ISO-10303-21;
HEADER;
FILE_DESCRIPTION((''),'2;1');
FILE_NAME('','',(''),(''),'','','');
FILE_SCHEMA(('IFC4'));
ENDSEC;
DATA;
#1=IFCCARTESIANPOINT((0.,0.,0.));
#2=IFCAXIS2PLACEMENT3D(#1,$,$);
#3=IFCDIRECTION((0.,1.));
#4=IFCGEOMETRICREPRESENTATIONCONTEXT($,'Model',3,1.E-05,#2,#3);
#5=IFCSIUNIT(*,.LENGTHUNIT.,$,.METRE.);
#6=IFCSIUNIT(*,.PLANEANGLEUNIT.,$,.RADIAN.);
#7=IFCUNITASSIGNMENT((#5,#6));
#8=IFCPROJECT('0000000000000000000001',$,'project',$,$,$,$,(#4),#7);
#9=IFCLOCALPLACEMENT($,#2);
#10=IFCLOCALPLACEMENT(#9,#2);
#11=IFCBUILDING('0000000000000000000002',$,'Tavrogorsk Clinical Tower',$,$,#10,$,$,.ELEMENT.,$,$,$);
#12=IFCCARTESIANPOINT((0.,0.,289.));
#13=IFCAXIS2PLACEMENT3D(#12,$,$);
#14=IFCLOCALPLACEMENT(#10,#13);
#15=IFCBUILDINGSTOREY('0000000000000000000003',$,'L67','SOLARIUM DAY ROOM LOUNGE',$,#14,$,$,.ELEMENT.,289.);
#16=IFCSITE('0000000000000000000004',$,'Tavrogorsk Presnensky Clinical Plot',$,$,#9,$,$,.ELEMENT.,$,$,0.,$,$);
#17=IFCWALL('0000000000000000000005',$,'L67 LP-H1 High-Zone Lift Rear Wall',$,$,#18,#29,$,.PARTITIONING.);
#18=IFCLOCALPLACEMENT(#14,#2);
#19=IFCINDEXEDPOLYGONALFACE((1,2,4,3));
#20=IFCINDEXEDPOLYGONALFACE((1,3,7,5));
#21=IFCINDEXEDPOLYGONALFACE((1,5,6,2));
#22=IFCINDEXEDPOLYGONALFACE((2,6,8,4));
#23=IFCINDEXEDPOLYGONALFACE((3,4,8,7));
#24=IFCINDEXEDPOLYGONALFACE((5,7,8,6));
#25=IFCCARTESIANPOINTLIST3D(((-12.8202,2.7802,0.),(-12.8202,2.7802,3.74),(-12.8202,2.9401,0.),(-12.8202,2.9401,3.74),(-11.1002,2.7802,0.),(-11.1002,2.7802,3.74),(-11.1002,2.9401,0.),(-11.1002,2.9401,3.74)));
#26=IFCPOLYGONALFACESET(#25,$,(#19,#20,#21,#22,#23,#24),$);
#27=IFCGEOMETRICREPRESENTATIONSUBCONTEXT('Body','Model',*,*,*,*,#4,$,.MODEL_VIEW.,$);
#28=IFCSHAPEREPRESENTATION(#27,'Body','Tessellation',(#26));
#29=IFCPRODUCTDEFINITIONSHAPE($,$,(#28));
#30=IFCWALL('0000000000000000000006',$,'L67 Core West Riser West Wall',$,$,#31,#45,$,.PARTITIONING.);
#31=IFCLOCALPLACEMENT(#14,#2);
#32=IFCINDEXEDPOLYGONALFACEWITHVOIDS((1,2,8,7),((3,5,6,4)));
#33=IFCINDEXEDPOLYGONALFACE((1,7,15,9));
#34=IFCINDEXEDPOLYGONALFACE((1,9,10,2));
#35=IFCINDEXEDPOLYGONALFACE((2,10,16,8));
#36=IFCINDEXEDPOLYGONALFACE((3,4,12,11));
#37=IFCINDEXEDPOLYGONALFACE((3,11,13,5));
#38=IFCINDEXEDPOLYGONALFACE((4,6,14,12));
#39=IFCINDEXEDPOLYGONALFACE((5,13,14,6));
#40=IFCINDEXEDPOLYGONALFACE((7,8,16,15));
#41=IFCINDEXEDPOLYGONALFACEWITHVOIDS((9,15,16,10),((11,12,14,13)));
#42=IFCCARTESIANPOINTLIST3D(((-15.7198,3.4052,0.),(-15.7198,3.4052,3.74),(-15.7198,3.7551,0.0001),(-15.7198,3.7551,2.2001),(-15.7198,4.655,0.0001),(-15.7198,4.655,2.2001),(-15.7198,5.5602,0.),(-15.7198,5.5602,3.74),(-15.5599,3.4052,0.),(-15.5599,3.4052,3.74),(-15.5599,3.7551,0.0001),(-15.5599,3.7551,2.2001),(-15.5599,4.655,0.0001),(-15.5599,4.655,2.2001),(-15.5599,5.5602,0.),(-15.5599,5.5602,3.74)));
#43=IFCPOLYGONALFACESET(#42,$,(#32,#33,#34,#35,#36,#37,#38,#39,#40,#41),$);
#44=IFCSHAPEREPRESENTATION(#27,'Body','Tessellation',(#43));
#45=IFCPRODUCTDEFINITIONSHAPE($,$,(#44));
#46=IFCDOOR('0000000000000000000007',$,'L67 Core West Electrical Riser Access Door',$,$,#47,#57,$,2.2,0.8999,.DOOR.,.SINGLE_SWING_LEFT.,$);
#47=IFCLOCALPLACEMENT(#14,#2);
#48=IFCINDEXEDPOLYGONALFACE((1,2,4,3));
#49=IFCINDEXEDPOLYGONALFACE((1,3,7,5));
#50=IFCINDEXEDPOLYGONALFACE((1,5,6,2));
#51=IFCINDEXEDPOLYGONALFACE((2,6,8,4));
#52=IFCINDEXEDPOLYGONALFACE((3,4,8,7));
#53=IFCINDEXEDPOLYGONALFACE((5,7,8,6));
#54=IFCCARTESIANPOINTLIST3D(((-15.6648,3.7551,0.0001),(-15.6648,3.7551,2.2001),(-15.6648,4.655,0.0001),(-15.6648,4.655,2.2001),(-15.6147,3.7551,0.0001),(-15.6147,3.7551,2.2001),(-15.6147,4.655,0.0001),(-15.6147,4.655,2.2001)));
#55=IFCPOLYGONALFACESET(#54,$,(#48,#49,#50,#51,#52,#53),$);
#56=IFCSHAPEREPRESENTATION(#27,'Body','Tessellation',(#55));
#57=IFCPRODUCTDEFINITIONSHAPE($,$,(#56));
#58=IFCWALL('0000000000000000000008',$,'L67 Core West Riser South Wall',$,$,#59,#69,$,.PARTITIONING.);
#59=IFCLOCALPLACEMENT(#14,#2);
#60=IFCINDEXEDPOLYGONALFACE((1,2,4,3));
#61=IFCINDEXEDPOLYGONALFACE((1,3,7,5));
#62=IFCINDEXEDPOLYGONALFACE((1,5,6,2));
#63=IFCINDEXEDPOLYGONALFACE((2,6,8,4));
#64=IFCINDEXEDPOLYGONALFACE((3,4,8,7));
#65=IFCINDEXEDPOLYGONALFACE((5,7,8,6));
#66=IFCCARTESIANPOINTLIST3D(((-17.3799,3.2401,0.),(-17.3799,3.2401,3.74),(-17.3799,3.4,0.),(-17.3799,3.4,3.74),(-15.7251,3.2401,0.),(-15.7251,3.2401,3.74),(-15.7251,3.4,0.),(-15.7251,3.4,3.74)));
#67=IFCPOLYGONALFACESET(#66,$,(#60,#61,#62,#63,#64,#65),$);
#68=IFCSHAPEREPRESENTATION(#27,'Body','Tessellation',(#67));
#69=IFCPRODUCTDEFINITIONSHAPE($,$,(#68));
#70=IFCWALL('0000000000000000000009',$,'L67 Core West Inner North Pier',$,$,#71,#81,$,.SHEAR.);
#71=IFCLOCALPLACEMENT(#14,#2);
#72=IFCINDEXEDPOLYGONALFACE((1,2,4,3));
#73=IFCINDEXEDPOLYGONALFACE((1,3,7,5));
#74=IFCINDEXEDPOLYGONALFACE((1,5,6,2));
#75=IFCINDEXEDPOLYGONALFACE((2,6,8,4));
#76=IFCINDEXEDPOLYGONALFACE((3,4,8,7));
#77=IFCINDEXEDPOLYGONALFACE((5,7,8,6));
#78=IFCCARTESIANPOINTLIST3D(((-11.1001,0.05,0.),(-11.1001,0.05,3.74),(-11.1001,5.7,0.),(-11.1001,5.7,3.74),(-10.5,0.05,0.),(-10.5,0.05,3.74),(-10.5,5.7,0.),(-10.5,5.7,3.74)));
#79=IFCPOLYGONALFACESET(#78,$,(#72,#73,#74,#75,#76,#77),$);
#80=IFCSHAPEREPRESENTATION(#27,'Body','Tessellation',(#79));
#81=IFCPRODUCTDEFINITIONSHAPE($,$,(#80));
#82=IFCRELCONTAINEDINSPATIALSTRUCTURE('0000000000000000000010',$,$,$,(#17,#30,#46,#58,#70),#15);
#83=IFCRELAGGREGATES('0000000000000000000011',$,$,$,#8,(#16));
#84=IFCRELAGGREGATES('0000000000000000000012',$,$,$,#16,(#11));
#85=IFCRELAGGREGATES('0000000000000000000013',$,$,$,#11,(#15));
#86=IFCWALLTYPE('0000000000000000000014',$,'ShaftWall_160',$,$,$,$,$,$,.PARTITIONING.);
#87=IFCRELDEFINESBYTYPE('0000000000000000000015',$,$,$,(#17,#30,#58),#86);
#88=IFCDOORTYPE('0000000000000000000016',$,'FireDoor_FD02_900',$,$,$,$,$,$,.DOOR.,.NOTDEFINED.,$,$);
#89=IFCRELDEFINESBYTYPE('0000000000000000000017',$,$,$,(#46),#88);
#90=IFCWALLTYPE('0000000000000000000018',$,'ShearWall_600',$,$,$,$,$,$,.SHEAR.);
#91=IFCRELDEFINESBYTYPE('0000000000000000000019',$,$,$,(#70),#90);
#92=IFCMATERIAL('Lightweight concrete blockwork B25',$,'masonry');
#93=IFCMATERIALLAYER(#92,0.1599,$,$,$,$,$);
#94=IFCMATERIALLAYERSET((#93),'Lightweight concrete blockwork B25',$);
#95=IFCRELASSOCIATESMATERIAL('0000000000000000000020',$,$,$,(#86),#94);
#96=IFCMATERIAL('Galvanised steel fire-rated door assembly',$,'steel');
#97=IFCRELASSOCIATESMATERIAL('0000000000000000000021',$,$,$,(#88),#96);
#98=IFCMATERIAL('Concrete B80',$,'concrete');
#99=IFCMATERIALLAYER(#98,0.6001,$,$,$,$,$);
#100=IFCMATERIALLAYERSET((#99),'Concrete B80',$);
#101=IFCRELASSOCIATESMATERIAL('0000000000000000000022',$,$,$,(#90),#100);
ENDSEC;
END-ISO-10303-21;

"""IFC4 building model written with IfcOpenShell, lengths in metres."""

from ifc_helpers import new_model, si_unit, direction, frame, frame_2d, origin, place, context, subcontext, project, spatial, rectangle, extrude, material, layer, layer_set, type_object, element, fill, save


model = new_model("IFC4")

# Units and contexts
model_context = context("Model", 3, precision=1e-05, world=origin(), true_north=direction((0.0, 1.0)))
body_context = subcontext(model_context, "Body", "Model", "MODEL_VIEW")
ifc_project = project(units=[si_unit("LENGTHUNIT", "METRE"), si_unit("PLANEANGLEUNIT", "RADIAN")], contexts=[model_context])

# Site, building, storey
site_placement = place(None, origin())
site = spatial("IfcSite", under=ifc_project, at=site_placement, Name="Tavrogorsk Presnensky Clinical Plot", CompositionType="ELEMENT", RefElevation=0.0)
building_placement = place(site_placement, origin())
building = spatial("IfcBuilding", under=site, at=building_placement, Name="Tavrogorsk Clinical Tower", CompositionType="ELEMENT")
storey_placement = place(building_placement, frame((0.0, 0.0, 289.0)))
storey = spatial("IfcBuildingStorey", under=building, at=storey_placement, Name="L67", Description="SOLARIUM DAY ROOM LOUNGE", CompositionType="ELEMENT", Elevation=289.0)

# Shared definitions
ifc_material_1 = material(Name="Lightweight concrete blockwork B25", Category="masonry")
ifc_layer_1 = layer(ifc_material_1, 0.1599)
ifc_layer_set_1 = layer_set([ifc_layer_1], Name="Lightweight concrete blockwork B25")
wall_type_1 = type_object("IfcWallType", Name="ShaftWall_160", PredefinedType="PARTITIONING", material=ifc_layer_set_1)

# Wall
wall_1_placement = place(storey_placement, frame((-12.8201, 2.8601, 0.0), z_axis=(0.0, 0.0, 1.0), x_axis=(1.0, 0.0, 0.0)))
element("IfcWall", 1, at=wall_1_placement, inside=storey, type_object=wall_type_1, Name="L67 LP-H1 High-Zone Lift Rear Wall", PredefinedType="PARTITIONING", context=body_context, shape_type="SweptSolid", body=[
    extrude(rectangle(XDim=1.72, YDim=0.1599, at=frame_2d((0.8599, 0.0))), origin(), (0.0, 0.0, 1.0), 3.74),
])

# Wall, opening, door
wall_2_placement = place(storey_placement, frame((-15.6399, 3.405, 0.0), z_axis=(0.0, 0.0, 1.0), x_axis=(0.0, 1.0, 0.0)))
wall_2 = element("IfcWall", 2, at=wall_2_placement, inside=storey, type_object=wall_type_1, Name="L67 Core West Riser West Wall", PredefinedType="PARTITIONING", context=body_context, shape_type="SweptSolid", body=[
    extrude(rectangle(XDim=2.155, YDim=0.1599, at=frame_2d((1.0776, 0.0))), origin(), (0.0, 0.0, 1.0), 3.74),
])
opening_1_placement = place(wall_2_placement, frame((0.3501, 0.0, 0.0)))
opening_1 = element("IfcOpeningElement", 3, at=opening_1_placement, cuts=wall_2, PredefinedType="OPENING", context=body_context, shape_type="SweptSolid", body=[
    extrude(rectangle(XDim=0.8999, YDim=2.2, at=frame_2d((0.45, 1.1001))), frame((0.0, 0.0898, 0.0), z_axis=(0.0, -1.0, 0.0), x_axis=(1.0, 0.0, 0.0)), (0.0, 0.0, 1.0), 0.1799),
])
ifc_material_2 = material(Name="Galvanised steel fire-rated door assembly", Category="steel")
door_type_1 = type_object("IfcDoorType", Name="FireDoor_FD02_900", OperationType="NOTDEFINED", PredefinedType="DOOR", material=ifc_material_2)
door_1_placement = place(opening_1_placement, origin())
door_1 = element("IfcDoor", 4, at=door_1_placement, inside=storey, type_object=door_type_1, Name="L67 Core West Electrical Riser Access Door", OperationType="SINGLE_SWING_LEFT", OverallHeight=2.2, OverallWidth=0.8999, PredefinedType="DOOR", context=body_context, shape_type="SweptSolid", body=[
    extrude(rectangle(XDim=0.8999, YDim=2.2, at=frame_2d((0.45, 1.1001))), frame((0.0, 0.0249, 0.0), z_axis=(0.0, -1.0, 0.0), x_axis=(1.0, 0.0, 0.0)), (0.0, 0.0, 1.0), 0.05),
])
fill(opening_1, door_1)

# Walls
wall_3_placement = place(storey_placement, frame((-17.3799, 3.3201, 0.0), z_axis=(0.0, 0.0, 1.0), x_axis=(1.0, 0.0, 0.0)))
element("IfcWall", 5, at=wall_3_placement, inside=storey, type_object=wall_type_1, Name="L67 Core West Riser South Wall", PredefinedType="PARTITIONING", context=body_context, shape_type="SweptSolid", body=[
    extrude(rectangle(XDim=1.6548, YDim=0.1599, at=frame_2d((0.8274, 0.0))), origin(), (0.0, 0.0, 1.0), 3.74),
])
ifc_material_3 = material(Name="Concrete B80", Category="concrete")
ifc_layer_2 = layer(ifc_material_3, 0.6001)
ifc_layer_set_2 = layer_set([ifc_layer_2], Name="Concrete B80")
wall_type_2 = type_object("IfcWallType", Name="ShearWall_600", PredefinedType="SHEAR", material=ifc_layer_set_2)
wall_4_placement = place(storey_placement, frame((-10.8, 0.05, 0.0), z_axis=(0.0, 0.0, 1.0), x_axis=(0.0, 1.0, 0.0)))
element("IfcWall", 6, at=wall_4_placement, inside=storey, type_object=wall_type_2, Name="L67 Core West Inner North Pier", PredefinedType="SHEAR", context=body_context, shape_type="SweptSolid", body=[
    extrude(rectangle(XDim=5.6499, YDim=0.6001, at=frame_2d((2.825, 0.0))), origin(), (0.0, 0.0, 1.0), 3.74),
])

save(model, "model.ifc")
